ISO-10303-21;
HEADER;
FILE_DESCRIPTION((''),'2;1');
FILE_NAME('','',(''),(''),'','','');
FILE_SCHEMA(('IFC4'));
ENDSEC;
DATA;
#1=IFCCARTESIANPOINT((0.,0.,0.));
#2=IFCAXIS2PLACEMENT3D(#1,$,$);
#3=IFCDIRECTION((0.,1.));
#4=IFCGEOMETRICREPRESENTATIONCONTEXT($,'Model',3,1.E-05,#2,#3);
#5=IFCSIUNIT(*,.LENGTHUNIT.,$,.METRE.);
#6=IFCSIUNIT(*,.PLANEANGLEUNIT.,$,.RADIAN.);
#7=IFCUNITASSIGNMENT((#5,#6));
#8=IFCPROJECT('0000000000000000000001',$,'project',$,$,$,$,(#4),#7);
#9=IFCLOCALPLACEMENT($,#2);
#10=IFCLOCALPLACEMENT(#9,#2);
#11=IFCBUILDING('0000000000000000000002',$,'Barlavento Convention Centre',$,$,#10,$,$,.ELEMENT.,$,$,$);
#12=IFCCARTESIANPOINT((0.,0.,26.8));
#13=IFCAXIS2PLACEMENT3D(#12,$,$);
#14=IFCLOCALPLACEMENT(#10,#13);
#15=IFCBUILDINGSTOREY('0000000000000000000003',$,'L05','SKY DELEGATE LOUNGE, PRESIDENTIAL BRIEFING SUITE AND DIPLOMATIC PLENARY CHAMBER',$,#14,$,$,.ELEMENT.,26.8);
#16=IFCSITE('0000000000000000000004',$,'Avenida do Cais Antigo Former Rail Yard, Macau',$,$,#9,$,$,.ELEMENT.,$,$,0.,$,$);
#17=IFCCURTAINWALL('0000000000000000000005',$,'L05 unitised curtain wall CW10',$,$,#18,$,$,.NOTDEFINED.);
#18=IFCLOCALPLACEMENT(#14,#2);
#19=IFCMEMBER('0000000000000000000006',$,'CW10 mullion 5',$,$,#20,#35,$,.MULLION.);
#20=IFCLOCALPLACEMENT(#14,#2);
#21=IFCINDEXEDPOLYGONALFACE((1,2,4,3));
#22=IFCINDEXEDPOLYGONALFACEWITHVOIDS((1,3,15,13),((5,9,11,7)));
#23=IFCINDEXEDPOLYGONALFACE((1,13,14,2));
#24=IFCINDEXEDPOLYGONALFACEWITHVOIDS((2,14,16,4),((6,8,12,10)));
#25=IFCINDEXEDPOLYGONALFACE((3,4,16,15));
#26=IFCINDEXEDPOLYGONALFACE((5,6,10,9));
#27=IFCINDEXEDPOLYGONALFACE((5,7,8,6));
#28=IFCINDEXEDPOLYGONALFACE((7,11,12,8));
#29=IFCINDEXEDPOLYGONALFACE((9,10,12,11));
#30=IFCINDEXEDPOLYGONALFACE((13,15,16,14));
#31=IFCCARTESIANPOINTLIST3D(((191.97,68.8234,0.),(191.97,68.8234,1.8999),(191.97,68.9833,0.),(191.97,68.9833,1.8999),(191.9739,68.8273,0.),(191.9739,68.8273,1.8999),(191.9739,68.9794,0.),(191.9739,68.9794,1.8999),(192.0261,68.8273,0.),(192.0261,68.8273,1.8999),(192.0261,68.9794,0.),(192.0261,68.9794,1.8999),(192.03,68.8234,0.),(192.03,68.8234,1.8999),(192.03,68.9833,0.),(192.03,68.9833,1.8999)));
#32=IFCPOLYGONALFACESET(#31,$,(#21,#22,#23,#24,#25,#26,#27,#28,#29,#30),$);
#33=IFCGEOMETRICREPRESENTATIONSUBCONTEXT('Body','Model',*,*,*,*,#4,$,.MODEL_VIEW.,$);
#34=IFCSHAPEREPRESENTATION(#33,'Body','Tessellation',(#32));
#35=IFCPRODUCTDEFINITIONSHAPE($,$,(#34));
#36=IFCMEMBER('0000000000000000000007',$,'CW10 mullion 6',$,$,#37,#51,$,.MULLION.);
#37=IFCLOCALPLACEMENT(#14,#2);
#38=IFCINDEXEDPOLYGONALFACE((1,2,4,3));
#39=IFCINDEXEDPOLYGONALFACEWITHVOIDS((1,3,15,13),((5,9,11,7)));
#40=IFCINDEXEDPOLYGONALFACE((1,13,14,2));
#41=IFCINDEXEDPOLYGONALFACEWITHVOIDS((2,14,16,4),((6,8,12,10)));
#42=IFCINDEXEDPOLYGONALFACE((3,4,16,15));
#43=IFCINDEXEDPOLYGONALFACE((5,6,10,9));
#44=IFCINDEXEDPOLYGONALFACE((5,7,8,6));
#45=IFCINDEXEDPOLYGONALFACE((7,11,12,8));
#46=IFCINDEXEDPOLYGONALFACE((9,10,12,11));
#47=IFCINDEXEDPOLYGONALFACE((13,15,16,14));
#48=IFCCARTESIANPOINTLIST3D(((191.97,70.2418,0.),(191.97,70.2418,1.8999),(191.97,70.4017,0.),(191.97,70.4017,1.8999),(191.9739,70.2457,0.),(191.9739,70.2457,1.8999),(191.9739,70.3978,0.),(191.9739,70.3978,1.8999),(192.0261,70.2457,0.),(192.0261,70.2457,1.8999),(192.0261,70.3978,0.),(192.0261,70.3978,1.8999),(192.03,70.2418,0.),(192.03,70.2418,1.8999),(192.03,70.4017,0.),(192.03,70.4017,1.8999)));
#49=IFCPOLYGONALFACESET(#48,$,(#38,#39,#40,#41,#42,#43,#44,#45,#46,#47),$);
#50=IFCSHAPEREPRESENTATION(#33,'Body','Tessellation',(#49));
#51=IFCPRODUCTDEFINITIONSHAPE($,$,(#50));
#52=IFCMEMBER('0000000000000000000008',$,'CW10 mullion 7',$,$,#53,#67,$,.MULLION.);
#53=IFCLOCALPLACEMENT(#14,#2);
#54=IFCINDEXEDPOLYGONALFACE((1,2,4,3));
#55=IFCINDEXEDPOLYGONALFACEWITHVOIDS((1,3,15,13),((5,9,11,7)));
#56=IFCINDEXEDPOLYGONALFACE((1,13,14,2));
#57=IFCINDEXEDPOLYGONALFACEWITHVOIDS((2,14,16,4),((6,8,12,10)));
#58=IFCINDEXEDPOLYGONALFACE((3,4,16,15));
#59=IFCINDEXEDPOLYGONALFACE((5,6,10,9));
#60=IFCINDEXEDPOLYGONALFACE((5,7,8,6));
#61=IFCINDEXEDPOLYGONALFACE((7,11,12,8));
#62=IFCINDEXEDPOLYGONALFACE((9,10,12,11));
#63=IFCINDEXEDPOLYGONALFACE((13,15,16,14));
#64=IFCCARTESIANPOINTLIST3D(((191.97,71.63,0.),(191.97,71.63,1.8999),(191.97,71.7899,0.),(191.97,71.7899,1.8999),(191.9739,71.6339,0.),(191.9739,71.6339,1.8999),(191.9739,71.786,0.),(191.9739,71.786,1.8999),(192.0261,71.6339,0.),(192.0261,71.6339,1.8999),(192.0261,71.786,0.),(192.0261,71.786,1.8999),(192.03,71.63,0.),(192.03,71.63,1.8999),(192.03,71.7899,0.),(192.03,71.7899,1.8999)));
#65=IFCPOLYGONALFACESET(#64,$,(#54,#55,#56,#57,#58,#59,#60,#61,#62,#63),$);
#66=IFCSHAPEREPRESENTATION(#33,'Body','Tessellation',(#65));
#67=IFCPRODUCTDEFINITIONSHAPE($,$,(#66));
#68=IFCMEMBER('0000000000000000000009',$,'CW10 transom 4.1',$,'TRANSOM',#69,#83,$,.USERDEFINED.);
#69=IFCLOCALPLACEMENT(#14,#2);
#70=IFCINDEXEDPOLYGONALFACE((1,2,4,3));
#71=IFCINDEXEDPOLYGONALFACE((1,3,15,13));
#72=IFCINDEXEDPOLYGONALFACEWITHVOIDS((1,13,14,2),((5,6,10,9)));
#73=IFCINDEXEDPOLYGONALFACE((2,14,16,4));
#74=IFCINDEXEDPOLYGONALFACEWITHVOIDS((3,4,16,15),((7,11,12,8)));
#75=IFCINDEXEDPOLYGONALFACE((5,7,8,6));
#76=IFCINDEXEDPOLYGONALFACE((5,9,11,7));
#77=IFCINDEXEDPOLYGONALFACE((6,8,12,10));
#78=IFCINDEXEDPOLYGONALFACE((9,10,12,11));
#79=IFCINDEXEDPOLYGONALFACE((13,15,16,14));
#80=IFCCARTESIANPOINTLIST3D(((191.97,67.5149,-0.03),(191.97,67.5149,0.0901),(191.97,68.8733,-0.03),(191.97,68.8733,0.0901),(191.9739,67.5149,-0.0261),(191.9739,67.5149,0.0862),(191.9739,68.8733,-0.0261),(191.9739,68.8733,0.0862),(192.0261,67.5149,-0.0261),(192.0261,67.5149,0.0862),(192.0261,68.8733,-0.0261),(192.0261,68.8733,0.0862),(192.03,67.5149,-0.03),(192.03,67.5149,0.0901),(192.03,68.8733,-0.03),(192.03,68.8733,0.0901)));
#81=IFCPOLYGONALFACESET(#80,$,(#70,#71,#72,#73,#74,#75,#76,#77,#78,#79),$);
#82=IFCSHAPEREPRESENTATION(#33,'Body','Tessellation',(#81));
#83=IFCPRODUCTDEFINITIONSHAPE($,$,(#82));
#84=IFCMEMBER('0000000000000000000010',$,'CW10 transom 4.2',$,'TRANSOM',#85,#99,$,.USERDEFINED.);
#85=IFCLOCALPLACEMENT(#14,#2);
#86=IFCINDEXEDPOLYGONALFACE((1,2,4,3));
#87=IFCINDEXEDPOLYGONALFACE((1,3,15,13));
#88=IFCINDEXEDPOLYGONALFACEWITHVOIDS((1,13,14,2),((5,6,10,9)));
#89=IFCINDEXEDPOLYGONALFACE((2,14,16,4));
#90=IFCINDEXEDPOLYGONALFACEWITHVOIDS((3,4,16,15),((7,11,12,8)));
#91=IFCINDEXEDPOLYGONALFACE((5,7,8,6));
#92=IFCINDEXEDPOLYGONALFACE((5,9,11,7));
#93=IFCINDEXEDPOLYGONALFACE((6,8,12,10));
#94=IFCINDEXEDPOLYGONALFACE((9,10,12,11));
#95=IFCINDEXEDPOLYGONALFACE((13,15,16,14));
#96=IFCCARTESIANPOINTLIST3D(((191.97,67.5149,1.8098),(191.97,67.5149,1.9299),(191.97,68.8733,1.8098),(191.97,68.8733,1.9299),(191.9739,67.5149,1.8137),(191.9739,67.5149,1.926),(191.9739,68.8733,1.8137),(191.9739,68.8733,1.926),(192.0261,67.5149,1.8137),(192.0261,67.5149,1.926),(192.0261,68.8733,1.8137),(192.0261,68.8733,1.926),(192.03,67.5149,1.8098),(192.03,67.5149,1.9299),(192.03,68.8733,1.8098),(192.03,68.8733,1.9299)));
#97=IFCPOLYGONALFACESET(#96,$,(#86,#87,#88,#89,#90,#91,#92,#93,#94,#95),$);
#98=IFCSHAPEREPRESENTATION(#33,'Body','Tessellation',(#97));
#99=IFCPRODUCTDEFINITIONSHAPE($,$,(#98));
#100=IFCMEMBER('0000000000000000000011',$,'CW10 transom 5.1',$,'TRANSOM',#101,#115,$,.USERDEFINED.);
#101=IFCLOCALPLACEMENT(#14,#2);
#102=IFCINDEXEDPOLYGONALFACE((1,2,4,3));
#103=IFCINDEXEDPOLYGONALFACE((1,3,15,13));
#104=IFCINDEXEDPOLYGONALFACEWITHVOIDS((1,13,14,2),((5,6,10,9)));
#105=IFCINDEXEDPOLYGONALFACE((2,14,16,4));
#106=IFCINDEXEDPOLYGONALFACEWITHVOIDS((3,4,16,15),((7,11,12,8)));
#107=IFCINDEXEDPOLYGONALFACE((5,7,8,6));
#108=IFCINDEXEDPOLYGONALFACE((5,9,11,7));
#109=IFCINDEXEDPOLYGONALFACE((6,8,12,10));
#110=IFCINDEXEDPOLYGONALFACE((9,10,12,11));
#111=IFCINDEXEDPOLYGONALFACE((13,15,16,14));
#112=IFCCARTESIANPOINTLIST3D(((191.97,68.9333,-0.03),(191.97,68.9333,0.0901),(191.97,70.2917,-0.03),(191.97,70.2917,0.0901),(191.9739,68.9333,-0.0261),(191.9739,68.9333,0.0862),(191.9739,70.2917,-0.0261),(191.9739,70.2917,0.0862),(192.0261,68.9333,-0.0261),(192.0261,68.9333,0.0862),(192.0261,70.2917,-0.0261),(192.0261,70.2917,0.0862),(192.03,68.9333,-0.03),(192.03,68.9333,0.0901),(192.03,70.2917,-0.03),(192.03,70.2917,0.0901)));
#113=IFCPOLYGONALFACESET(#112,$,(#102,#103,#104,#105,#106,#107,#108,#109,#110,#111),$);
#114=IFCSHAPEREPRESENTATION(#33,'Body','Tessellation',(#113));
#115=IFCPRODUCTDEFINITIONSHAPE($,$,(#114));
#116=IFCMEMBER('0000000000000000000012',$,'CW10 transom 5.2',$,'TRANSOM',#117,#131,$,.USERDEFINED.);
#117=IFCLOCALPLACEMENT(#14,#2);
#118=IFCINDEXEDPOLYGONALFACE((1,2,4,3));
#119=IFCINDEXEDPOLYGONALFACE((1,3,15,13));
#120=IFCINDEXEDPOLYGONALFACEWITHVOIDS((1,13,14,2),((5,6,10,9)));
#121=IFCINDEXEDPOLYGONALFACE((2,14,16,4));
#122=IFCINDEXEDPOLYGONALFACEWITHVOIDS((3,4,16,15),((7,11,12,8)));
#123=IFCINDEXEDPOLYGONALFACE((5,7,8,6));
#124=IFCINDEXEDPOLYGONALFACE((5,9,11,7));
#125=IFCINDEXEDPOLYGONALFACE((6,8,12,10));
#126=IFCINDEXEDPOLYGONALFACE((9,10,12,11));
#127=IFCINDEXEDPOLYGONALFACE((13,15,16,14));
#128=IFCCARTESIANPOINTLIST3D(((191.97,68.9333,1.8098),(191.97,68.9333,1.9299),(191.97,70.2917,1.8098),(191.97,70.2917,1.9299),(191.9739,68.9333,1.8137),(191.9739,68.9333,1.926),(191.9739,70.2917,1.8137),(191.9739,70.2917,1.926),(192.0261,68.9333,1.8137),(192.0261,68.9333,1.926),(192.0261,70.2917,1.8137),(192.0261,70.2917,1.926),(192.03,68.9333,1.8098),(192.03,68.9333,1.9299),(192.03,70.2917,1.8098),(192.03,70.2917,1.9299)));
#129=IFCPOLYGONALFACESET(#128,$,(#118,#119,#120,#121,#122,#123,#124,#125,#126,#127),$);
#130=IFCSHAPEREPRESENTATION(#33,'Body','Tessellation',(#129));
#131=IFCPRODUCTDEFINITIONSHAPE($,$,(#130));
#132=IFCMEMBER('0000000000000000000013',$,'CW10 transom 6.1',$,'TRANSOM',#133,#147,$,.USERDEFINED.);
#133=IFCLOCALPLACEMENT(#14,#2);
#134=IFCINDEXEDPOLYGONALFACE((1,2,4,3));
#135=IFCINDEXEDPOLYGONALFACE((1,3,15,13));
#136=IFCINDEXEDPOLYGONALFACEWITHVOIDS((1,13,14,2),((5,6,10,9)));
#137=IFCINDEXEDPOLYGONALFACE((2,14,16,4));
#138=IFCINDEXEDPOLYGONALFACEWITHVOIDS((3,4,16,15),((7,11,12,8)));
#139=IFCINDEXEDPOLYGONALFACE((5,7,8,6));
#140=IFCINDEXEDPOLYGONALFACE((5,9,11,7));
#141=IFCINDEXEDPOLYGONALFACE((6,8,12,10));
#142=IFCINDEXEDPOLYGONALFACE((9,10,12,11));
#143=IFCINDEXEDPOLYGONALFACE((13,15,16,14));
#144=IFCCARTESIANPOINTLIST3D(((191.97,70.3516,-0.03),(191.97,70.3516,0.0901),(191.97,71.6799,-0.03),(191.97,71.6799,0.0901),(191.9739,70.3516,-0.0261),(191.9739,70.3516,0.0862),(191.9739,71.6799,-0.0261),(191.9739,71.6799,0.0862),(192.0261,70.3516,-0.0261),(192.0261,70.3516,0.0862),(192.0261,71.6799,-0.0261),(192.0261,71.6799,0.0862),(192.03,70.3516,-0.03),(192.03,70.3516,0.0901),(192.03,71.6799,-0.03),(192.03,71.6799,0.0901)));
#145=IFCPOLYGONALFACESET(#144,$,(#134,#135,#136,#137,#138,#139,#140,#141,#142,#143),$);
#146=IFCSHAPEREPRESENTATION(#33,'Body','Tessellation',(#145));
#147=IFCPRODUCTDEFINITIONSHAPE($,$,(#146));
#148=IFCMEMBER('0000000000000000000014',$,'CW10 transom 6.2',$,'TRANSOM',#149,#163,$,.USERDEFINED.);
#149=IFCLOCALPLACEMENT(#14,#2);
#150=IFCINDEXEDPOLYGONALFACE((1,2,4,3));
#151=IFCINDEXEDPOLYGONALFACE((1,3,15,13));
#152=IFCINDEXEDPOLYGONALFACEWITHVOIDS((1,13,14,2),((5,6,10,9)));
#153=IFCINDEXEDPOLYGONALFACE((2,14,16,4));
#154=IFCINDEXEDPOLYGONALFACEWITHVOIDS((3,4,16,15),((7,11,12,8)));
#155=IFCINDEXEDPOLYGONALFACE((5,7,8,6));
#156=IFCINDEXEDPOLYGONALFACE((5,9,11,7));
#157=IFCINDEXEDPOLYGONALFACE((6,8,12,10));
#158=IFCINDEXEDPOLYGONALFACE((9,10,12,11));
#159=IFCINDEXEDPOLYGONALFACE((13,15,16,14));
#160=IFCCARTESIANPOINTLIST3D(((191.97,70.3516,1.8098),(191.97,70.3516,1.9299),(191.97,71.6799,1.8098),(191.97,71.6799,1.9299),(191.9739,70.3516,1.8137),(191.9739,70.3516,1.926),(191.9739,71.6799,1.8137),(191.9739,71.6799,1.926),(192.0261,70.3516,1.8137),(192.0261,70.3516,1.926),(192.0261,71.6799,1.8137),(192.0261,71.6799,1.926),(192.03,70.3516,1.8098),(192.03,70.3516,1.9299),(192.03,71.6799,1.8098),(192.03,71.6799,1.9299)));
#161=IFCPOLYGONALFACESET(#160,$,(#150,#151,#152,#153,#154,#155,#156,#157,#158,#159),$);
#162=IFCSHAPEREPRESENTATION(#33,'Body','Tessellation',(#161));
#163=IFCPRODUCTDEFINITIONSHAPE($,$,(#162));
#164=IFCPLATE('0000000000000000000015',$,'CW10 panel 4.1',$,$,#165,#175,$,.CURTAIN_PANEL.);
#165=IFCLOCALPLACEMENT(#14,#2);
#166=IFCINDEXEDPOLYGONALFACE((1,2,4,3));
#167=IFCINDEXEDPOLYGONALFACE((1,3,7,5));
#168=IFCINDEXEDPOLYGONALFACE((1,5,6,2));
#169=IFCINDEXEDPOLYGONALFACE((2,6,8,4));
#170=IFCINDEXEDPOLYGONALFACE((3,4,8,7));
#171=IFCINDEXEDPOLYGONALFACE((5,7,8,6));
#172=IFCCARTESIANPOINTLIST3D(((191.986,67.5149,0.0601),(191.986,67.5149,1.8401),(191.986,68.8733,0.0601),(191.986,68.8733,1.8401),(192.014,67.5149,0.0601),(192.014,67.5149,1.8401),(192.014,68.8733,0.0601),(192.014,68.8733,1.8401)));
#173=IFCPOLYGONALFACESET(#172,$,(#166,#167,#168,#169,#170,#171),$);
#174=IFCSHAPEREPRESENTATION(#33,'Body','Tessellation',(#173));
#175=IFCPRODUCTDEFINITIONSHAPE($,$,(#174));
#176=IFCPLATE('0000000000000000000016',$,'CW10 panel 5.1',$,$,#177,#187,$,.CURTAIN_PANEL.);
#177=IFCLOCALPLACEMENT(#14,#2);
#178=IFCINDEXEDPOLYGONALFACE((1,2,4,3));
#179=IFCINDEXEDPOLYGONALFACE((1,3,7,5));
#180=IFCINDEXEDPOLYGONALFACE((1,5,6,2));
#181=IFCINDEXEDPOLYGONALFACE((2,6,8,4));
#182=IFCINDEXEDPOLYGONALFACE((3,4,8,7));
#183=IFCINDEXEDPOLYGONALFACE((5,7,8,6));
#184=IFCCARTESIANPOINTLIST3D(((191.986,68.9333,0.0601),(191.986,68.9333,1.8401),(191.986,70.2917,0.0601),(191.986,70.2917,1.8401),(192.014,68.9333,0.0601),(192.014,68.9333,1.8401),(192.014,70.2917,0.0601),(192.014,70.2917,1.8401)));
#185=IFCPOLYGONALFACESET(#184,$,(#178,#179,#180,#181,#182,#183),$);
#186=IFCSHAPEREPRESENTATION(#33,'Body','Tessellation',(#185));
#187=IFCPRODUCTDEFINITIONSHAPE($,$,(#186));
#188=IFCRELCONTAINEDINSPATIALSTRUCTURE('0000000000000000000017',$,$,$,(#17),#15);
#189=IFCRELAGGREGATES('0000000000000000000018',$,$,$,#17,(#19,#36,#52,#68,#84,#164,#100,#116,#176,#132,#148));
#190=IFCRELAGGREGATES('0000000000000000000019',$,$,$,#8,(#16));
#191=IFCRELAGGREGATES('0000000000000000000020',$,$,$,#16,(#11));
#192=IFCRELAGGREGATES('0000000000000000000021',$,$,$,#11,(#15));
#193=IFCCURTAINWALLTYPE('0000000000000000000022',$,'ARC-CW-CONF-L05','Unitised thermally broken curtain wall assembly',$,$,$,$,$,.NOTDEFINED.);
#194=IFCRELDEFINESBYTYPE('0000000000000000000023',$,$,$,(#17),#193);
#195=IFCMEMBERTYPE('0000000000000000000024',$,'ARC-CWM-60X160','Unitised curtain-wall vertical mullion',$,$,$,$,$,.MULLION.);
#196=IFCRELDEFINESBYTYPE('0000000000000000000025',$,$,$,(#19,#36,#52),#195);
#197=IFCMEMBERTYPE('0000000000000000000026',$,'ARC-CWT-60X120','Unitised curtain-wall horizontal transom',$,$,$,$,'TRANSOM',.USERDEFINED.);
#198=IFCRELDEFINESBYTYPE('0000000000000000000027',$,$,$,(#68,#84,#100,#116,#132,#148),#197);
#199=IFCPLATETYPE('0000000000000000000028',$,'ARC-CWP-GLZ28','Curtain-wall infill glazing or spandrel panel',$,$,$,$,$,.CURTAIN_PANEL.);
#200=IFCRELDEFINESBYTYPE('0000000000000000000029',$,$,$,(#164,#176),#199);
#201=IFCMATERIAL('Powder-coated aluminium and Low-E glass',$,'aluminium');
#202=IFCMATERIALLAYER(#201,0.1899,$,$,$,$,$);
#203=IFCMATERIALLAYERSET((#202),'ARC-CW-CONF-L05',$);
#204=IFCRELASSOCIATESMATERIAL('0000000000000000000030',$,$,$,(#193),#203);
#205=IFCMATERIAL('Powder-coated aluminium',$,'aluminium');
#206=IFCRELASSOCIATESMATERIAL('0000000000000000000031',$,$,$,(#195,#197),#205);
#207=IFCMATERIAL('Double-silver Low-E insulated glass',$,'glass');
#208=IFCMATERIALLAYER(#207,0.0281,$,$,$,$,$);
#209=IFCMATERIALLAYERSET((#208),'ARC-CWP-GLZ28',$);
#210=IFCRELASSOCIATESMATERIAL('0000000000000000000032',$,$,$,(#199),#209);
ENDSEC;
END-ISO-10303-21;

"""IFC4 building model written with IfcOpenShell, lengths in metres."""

from ifc_helpers import new_model, si_unit, direction, frame, origin, origin_2d, place, context, subcontext, project, spatial, rectangle, hollow_rectangle, extrude, material, layer, layer_set, material_profile, profile_set, type_object, element, aggregate, save


model = new_model("IFC4")

# Units and contexts
model_context = context("Model", 3, precision=1e-05, world=origin(), true_north=direction((0.0, 1.0)))
body_context = subcontext(model_context, "Body", "Model", "MODEL_VIEW")
ifc_project = project(units=[si_unit("LENGTHUNIT", "METRE"), si_unit("PLANEANGLEUNIT", "RADIAN")], contexts=[model_context])

# Site, building, storey
site_placement = place(None, origin())
site = spatial("IfcSite", under=ifc_project, at=site_placement, Name="Avenida do Cais Antigo Former Rail Yard, Macau", CompositionType="ELEMENT", RefElevation=0.0)
building_placement = place(site_placement, origin())
building = spatial("IfcBuilding", under=site, at=building_placement, Name="Barlavento Convention Centre", CompositionType="ELEMENT")
storey_placement = place(building_placement, frame((0.0, 0.0, 26.8)))
storey = spatial("IfcBuildingStorey", under=building, at=storey_placement, Name="L05", Description="SKY DELEGATE LOUNGE, PRESIDENTIAL BRIEFING SUITE AND DIPLOMATIC PLENARY CHAMBER", CompositionType="ELEMENT", Elevation=26.8)

# Curtain wall, members, plates
ifc_material_1 = material(Name="Powder-coated aluminium and Low-E glass", Category="aluminium")
ifc_layer_1 = layer(ifc_material_1, 0.1899)
ifc_layer_set_1 = layer_set([ifc_layer_1], Name="ARC-CW-CONF-L05")
curtain_wall_type = type_object("IfcCurtainWallType", Name="ARC-CW-CONF-L05", Description="Unitised thermally broken curtain wall assembly", PredefinedType="NOTDEFINED", material=ifc_layer_set_1)
curtain_wall_placement = place(storey_placement, origin())
curtain_wall = element("IfcCurtainWall", 1, at=curtain_wall_placement, inside=storey, type_object=curtain_wall_type, Name="L05 unitised curtain wall CW10", PredefinedType="NOTDEFINED")
ifc_material_2 = material(Name="Powder-coated aluminium", Category="aluminium")
ifc_material_profile_1 = material_profile(ifc_material_2, hollow_rectangle(XDim=0.0601, YDim=0.1599, WallThickness=0.0039, at=origin_2d()), Name="AL-MULL 60x160x4")
ifc_profile_set_1 = profile_set([ifc_material_profile_1], Name="Powder-coated aluminium")
member_type_1 = type_object("IfcMemberType", Name="ARC-CWM-60X160", Description="Unitised curtain-wall vertical mullion", PredefinedType="MULLION", material=ifc_profile_set_1)
member_1_placement = place(storey_placement, frame((192.0, 68.9033, 0.0), z_axis=(0.0, 0.0, 1.0), x_axis=(-1.0, 0.0, 0.0)))
member_1 = element("IfcMember", 2, at=member_1_placement, type_object=member_type_1, Name="CW10 mullion 5", PredefinedType="MULLION", context=body_context, shape_type="SweptSolid", body=[
    extrude(hollow_rectangle(XDim=0.0601, YDim=0.1599, WallThickness=0.0039, at=origin_2d()), origin(), (0.0, 0.0, 1.0), 1.8999),
])
member_2_placement = place(storey_placement, frame((192.0, 70.3218, 0.0), z_axis=(0.0, 0.0, 1.0), x_axis=(-1.0, 0.0, 0.0)))
member_2 = element("IfcMember", 3, at=member_2_placement, type_object=member_type_1, Name="CW10 mullion 6", PredefinedType="MULLION", context=body_context, shape_type="SweptSolid", body=[
    extrude(hollow_rectangle(XDim=0.0601, YDim=0.1599, WallThickness=0.0039, at=origin_2d()), origin(), (0.0, 0.0, 1.0), 1.8999),
])
member_3_placement = place(storey_placement, frame((192.0, 71.71, 0.0), z_axis=(0.0, 0.0, 1.0), x_axis=(-1.0, 0.0, 0.0)))
member_3 = element("IfcMember", 4, at=member_3_placement, type_object=member_type_1, Name="CW10 mullion 7", PredefinedType="MULLION", context=body_context, shape_type="SweptSolid", body=[
    extrude(hollow_rectangle(XDim=0.0601, YDim=0.1599, WallThickness=0.0039, at=origin_2d()), origin(), (0.0, 0.0, 1.0), 1.8999),
])
ifc_material_profile_2 = material_profile(ifc_material_2, hollow_rectangle(XDim=0.0601, YDim=0.1201, WallThickness=0.0039, at=origin_2d()), Name="AL-TRAN 60x120x4")
ifc_profile_set_2 = profile_set([ifc_material_profile_2], Name="Powder-coated aluminium")
member_type_2 = type_object("IfcMemberType", Name="ARC-CWT-60X120", Description="Unitised curtain-wall horizontal transom", ElementType="TRANSOM", PredefinedType="USERDEFINED", material=ifc_profile_set_2)
member_4_placement = place(storey_placement, frame((192.0, 67.5149, 0.03), z_axis=(0.0, 1.0, 0.0), x_axis=(-1.0, 0.0, 0.0)))
member_4 = element("IfcMember", 5, at=member_4_placement, type_object=member_type_2, Name="CW10 transom 4.1", ObjectType="TRANSOM", PredefinedType="USERDEFINED", context=body_context, shape_type="SweptSolid", body=[
    extrude(hollow_rectangle(XDim=0.0601, YDim=0.1201, WallThickness=0.0039, at=origin_2d()), origin(), (0.0, 0.0, 1.0), 1.3584),
])
member_5_placement = place(storey_placement, frame((192.0, 67.5149, 1.8699), z_axis=(0.0, 1.0, 0.0), x_axis=(-1.0, 0.0, 0.0)))
member_5 = element("IfcMember", 6, at=member_5_placement, type_object=member_type_2, Name="CW10 transom 4.2", ObjectType="TRANSOM", PredefinedType="USERDEFINED", context=body_context, shape_type="SweptSolid", body=[
    extrude(hollow_rectangle(XDim=0.0601, YDim=0.1201, WallThickness=0.0039, at=origin_2d()), origin(), (0.0, 0.0, 1.0), 1.3584),
])
member_6_placement = place(storey_placement, frame((192.0, 68.9333, 0.03), z_axis=(0.0, 1.0, 0.0), x_axis=(-1.0, 0.0, 0.0)))
member_6 = element("IfcMember", 7, at=member_6_placement, type_object=member_type_2, Name="CW10 transom 5.1", ObjectType="TRANSOM", PredefinedType="USERDEFINED", context=body_context, shape_type="SweptSolid", body=[
    extrude(hollow_rectangle(XDim=0.0601, YDim=0.1201, WallThickness=0.0039, at=origin_2d()), origin(), (0.0, 0.0, 1.0), 1.3584),
])
member_7_placement = place(storey_placement, frame((192.0, 68.9333, 1.8699), z_axis=(0.0, 1.0, 0.0), x_axis=(-1.0, 0.0, 0.0)))
member_7 = element("IfcMember", 8, at=member_7_placement, type_object=member_type_2, Name="CW10 transom 5.2", ObjectType="TRANSOM", PredefinedType="USERDEFINED", context=body_context, shape_type="SweptSolid", body=[
    extrude(hollow_rectangle(XDim=0.0601, YDim=0.1201, WallThickness=0.0039, at=origin_2d()), origin(), (0.0, 0.0, 1.0), 1.3584),
])
member_8_placement = place(storey_placement, frame((192.0, 70.3516, 0.03), z_axis=(0.0, 1.0, 0.0), x_axis=(-1.0, 0.0, 0.0)))
member_8 = element("IfcMember", 9, at=member_8_placement, type_object=member_type_2, Name="CW10 transom 6.1", ObjectType="TRANSOM", PredefinedType="USERDEFINED", context=body_context, shape_type="SweptSolid", body=[
    extrude(hollow_rectangle(XDim=0.0601, YDim=0.1201, WallThickness=0.0039, at=origin_2d()), origin(), (0.0, 0.0, 1.0), 1.3284),
])
member_9_placement = place(storey_placement, frame((192.0, 70.3516, 1.8699), z_axis=(0.0, 1.0, 0.0), x_axis=(-1.0, 0.0, 0.0)))
member_9 = element("IfcMember", 10, at=member_9_placement, type_object=member_type_2, Name="CW10 transom 6.2", ObjectType="TRANSOM", PredefinedType="USERDEFINED", context=body_context, shape_type="SweptSolid", body=[
    extrude(hollow_rectangle(XDim=0.0601, YDim=0.1201, WallThickness=0.0039, at=origin_2d()), origin(), (0.0, 0.0, 1.0), 1.3284),
])
ifc_material_3 = material(Name="Double-silver Low-E insulated glass", Category="glass")
ifc_layer_2 = layer(ifc_material_3, 0.0281)
ifc_layer_set_2 = layer_set([ifc_layer_2], Name="ARC-CWP-GLZ28")
plate_type = type_object("IfcPlateType", Name="ARC-CWP-GLZ28", Description="Curtain-wall infill glazing or spandrel panel", PredefinedType="CURTAIN_PANEL", material=ifc_layer_set_2)
plate_1_placement = place(storey_placement, frame((192.0, 68.1941, 0.0601), z_axis=(0.0, 0.0, 1.0), x_axis=(0.0, 1.0, 0.0)))
plate_1 = element("IfcPlate", 11, at=plate_1_placement, type_object=plate_type, Name="CW10 panel 4.1", PredefinedType="CURTAIN_PANEL", context=body_context, shape_type="SweptSolid", body=[
    extrude(rectangle(XDim=1.3584, YDim=0.0281, at=origin_2d()), origin(), (0.0, 0.0, 1.0), 1.78),
])
plate_2_placement = place(storey_placement, frame((192.0, 69.6125, 0.0601), z_axis=(0.0, 0.0, 1.0), x_axis=(0.0, 1.0, 0.0)))
plate_2 = element("IfcPlate", 12, at=plate_2_placement, type_object=plate_type, Name="CW10 panel 5.1", PredefinedType="CURTAIN_PANEL", context=body_context, shape_type="SweptSolid", body=[
    extrude(rectangle(XDim=1.3584, YDim=0.0281, at=origin_2d()), origin(), (0.0, 0.0, 1.0), 1.78),
])
aggregate(curtain_wall, [member_1, member_2, member_3, member_4, member_5, plate_1, member_6, member_7, plate_2, member_8, member_9])

save(model, "model.ifc")
